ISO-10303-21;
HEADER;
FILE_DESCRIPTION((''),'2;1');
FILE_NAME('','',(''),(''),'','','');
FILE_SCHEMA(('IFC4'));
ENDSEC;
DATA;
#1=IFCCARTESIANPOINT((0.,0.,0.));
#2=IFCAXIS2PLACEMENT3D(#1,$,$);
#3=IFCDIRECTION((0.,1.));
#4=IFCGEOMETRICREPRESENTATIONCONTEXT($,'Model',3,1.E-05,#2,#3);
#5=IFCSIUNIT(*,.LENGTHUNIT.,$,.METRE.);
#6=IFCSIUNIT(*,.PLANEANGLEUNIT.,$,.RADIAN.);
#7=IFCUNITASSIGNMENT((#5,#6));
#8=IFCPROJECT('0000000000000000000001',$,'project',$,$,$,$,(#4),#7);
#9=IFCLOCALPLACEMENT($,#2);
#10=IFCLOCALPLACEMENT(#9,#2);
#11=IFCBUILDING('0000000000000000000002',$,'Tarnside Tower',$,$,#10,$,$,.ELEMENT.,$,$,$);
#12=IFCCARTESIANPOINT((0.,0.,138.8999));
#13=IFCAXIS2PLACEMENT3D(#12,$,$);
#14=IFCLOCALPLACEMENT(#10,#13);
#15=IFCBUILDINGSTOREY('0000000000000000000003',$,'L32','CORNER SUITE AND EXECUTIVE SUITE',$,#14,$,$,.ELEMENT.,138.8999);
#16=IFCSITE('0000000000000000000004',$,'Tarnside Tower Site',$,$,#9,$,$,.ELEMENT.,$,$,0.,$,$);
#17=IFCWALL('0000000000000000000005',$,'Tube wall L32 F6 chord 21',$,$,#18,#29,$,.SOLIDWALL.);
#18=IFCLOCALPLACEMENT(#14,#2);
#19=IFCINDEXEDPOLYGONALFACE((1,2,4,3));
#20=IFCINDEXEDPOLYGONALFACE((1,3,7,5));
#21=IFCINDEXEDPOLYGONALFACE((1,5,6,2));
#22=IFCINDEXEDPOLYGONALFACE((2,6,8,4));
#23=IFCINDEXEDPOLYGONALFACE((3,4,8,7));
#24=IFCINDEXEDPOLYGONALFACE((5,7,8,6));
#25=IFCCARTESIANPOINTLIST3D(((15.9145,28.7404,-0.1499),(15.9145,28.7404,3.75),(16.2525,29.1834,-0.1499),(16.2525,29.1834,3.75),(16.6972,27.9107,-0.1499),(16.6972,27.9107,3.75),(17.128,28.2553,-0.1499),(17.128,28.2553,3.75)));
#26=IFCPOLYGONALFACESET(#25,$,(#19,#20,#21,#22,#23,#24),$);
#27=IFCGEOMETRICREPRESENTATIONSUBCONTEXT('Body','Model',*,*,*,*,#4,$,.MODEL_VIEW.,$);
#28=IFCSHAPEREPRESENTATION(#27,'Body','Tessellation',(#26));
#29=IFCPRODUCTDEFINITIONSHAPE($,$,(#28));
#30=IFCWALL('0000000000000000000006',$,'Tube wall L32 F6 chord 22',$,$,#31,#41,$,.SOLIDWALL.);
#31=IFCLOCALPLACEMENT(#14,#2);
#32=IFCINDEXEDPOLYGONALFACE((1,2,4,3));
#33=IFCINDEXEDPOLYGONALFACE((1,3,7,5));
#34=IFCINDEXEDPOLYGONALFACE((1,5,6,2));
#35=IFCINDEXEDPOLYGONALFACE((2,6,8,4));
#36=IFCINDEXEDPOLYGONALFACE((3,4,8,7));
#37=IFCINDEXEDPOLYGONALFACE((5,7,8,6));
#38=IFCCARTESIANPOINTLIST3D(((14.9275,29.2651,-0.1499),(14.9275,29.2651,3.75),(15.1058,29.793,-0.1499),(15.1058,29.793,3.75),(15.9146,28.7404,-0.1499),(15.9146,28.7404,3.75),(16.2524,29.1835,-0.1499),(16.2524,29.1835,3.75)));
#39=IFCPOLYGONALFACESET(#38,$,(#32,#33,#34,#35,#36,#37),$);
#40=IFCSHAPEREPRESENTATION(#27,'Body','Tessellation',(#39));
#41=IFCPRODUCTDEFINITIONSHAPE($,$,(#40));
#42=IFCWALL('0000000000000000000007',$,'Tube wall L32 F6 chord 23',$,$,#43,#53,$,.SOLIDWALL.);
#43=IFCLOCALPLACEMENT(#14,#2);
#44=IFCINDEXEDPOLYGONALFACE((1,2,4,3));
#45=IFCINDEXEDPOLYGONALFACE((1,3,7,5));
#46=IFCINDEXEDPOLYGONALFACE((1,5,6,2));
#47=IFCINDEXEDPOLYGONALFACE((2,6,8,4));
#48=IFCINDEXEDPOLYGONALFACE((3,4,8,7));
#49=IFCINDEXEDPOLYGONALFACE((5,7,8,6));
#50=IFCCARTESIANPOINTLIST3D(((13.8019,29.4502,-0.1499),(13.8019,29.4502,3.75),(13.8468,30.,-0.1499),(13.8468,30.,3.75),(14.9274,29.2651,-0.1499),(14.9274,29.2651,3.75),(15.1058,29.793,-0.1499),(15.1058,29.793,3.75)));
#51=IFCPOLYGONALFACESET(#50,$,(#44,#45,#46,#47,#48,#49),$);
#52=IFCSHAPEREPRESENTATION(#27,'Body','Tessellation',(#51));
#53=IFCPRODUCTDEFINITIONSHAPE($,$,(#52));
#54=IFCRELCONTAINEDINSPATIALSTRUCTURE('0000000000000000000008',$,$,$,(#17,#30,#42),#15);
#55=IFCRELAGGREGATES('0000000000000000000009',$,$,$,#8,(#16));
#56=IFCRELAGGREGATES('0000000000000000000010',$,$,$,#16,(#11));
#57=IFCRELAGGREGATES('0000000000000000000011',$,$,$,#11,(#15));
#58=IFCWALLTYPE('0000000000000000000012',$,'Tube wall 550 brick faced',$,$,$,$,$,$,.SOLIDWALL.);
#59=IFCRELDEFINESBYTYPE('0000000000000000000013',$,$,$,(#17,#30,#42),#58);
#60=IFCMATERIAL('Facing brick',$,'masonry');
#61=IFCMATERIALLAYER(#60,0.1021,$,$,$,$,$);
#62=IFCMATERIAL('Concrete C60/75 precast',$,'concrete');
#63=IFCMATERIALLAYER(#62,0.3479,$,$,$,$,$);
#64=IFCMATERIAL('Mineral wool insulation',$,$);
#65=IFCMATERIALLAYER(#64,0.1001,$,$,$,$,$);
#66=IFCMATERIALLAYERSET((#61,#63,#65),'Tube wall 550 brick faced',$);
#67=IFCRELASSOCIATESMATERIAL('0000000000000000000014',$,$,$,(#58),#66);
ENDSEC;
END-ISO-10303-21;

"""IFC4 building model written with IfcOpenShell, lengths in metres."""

from ifc_helpers import new_model, si_unit, direction, frame, origin, place, context, subcontext, project, spatial, polyline, outline, extrude, material, layer, layer_set, type_object, element, save


model = new_model("IFC4")

# Units and contexts
model_context = context("Model", 3, precision=1e-05, world=origin(), true_north=direction((0.0, 1.0)))
body_context = subcontext(model_context, "Body", "Model", "MODEL_VIEW")
ifc_project = project(units=[si_unit("LENGTHUNIT", "METRE"), si_unit("PLANEANGLEUNIT", "RADIAN")], contexts=[model_context])

# Site, building, storey
site_placement = place(None, origin())
site = spatial("IfcSite", under=ifc_project, at=site_placement, Name="Tarnside Tower Site", CompositionType="ELEMENT", RefElevation=0.0)
building_placement = place(site_placement, origin())
building = spatial("IfcBuilding", under=site, at=building_placement, Name="Tarnside Tower", CompositionType="ELEMENT")
storey_placement = place(building_placement, frame((0.0, 0.0, 138.8999)))
storey = spatial("IfcBuildingStorey", under=building, at=storey_placement, Name="L32", Description="CORNER SUITE AND EXECUTIVE SUITE", CompositionType="ELEMENT", Elevation=138.8999)

# Shared definitions
ifc_material_1 = material(Name="Facing brick", Category="masonry")
ifc_layer_1 = layer(ifc_material_1, 0.1021)
ifc_material_2 = material(Name="Concrete C60/75 precast", Category="concrete")
ifc_layer_2 = layer(ifc_material_2, 0.3479)
ifc_material_3 = material(Name="Mineral wool insulation")
ifc_layer_3 = layer(ifc_material_3, 0.1001)
ifc_layer_set_1 = layer_set([ifc_layer_1, ifc_layer_2, ifc_layer_3], Name="Tube wall 550 brick faced")
wall_type_1 = type_object("IfcWallType", Name="Tube wall 550 brick faced", PredefinedType="SOLIDWALL", material=ifc_layer_set_1)

# Walls
wall_1_placement = place(storey_placement, frame((16.9126, 28.083, -0.1499), z_axis=(0.0, 0.0, 1.0), x_axis=(-0.686196, 0.727416, 0.0)))
element("IfcWall", 1, at=wall_1_placement, inside=storey, type_object=wall_type_1, Name="Tube wall L32 F6 chord 21", PredefinedType="SOLIDWALL", context=body_context, shape_type="SweptSolid", body=[
    extrude(outline(polyline([(-0.0225, -0.2749), (1.2534, -0.2749), (1.1631, 0.2749), (0.0225, 0.2749), (-0.0225, -0.2749)])), origin(), (0.0, 0.0, 1.0), 3.8999),
])
wall_2_placement = place(storey_placement, frame((16.0835, 28.9619, -0.1499), z_axis=(0.0, 0.0, 1.0), x_axis=(-0.882995, 0.469382, 0.0)))
element("IfcWall", 2, at=wall_2_placement, inside=storey, type_object=wall_type_1, Name="Tube wall L32 F6 chord 22", PredefinedType="SOLIDWALL", context=body_context, shape_type="SweptSolid", body=[
    extrude(outline(polyline([(-0.0452, -0.2749), (1.2534, -0.2749), (1.1631, 0.2749), (0.0452, 0.2749), (-0.0452, -0.2749)])), origin(), (0.0, 0.0, 1.0), 3.8999),
])
wall_3_placement = place(storey_placement, frame((15.0166, 29.5291, -0.1499), z_axis=(0.0, 0.0, 1.0), x_axis=(-0.986747, 0.162269, 0.0)))
element("IfcWall", 3, at=wall_3_placement, inside=storey, type_object=wall_type_1, Name="Tube wall L32 F6 chord 23", PredefinedType="SOLIDWALL", context=body_context, shape_type="SweptSolid", body=[
    extrude(outline(polyline([(-0.0452, -0.2749), (1.2307, -0.2749), (1.1858, 0.2749), (0.0452, 0.2749), (-0.0452, -0.2749)])), origin(), (0.0, 0.0, 1.0), 3.8999),
])

save(model, "model.ifc")
